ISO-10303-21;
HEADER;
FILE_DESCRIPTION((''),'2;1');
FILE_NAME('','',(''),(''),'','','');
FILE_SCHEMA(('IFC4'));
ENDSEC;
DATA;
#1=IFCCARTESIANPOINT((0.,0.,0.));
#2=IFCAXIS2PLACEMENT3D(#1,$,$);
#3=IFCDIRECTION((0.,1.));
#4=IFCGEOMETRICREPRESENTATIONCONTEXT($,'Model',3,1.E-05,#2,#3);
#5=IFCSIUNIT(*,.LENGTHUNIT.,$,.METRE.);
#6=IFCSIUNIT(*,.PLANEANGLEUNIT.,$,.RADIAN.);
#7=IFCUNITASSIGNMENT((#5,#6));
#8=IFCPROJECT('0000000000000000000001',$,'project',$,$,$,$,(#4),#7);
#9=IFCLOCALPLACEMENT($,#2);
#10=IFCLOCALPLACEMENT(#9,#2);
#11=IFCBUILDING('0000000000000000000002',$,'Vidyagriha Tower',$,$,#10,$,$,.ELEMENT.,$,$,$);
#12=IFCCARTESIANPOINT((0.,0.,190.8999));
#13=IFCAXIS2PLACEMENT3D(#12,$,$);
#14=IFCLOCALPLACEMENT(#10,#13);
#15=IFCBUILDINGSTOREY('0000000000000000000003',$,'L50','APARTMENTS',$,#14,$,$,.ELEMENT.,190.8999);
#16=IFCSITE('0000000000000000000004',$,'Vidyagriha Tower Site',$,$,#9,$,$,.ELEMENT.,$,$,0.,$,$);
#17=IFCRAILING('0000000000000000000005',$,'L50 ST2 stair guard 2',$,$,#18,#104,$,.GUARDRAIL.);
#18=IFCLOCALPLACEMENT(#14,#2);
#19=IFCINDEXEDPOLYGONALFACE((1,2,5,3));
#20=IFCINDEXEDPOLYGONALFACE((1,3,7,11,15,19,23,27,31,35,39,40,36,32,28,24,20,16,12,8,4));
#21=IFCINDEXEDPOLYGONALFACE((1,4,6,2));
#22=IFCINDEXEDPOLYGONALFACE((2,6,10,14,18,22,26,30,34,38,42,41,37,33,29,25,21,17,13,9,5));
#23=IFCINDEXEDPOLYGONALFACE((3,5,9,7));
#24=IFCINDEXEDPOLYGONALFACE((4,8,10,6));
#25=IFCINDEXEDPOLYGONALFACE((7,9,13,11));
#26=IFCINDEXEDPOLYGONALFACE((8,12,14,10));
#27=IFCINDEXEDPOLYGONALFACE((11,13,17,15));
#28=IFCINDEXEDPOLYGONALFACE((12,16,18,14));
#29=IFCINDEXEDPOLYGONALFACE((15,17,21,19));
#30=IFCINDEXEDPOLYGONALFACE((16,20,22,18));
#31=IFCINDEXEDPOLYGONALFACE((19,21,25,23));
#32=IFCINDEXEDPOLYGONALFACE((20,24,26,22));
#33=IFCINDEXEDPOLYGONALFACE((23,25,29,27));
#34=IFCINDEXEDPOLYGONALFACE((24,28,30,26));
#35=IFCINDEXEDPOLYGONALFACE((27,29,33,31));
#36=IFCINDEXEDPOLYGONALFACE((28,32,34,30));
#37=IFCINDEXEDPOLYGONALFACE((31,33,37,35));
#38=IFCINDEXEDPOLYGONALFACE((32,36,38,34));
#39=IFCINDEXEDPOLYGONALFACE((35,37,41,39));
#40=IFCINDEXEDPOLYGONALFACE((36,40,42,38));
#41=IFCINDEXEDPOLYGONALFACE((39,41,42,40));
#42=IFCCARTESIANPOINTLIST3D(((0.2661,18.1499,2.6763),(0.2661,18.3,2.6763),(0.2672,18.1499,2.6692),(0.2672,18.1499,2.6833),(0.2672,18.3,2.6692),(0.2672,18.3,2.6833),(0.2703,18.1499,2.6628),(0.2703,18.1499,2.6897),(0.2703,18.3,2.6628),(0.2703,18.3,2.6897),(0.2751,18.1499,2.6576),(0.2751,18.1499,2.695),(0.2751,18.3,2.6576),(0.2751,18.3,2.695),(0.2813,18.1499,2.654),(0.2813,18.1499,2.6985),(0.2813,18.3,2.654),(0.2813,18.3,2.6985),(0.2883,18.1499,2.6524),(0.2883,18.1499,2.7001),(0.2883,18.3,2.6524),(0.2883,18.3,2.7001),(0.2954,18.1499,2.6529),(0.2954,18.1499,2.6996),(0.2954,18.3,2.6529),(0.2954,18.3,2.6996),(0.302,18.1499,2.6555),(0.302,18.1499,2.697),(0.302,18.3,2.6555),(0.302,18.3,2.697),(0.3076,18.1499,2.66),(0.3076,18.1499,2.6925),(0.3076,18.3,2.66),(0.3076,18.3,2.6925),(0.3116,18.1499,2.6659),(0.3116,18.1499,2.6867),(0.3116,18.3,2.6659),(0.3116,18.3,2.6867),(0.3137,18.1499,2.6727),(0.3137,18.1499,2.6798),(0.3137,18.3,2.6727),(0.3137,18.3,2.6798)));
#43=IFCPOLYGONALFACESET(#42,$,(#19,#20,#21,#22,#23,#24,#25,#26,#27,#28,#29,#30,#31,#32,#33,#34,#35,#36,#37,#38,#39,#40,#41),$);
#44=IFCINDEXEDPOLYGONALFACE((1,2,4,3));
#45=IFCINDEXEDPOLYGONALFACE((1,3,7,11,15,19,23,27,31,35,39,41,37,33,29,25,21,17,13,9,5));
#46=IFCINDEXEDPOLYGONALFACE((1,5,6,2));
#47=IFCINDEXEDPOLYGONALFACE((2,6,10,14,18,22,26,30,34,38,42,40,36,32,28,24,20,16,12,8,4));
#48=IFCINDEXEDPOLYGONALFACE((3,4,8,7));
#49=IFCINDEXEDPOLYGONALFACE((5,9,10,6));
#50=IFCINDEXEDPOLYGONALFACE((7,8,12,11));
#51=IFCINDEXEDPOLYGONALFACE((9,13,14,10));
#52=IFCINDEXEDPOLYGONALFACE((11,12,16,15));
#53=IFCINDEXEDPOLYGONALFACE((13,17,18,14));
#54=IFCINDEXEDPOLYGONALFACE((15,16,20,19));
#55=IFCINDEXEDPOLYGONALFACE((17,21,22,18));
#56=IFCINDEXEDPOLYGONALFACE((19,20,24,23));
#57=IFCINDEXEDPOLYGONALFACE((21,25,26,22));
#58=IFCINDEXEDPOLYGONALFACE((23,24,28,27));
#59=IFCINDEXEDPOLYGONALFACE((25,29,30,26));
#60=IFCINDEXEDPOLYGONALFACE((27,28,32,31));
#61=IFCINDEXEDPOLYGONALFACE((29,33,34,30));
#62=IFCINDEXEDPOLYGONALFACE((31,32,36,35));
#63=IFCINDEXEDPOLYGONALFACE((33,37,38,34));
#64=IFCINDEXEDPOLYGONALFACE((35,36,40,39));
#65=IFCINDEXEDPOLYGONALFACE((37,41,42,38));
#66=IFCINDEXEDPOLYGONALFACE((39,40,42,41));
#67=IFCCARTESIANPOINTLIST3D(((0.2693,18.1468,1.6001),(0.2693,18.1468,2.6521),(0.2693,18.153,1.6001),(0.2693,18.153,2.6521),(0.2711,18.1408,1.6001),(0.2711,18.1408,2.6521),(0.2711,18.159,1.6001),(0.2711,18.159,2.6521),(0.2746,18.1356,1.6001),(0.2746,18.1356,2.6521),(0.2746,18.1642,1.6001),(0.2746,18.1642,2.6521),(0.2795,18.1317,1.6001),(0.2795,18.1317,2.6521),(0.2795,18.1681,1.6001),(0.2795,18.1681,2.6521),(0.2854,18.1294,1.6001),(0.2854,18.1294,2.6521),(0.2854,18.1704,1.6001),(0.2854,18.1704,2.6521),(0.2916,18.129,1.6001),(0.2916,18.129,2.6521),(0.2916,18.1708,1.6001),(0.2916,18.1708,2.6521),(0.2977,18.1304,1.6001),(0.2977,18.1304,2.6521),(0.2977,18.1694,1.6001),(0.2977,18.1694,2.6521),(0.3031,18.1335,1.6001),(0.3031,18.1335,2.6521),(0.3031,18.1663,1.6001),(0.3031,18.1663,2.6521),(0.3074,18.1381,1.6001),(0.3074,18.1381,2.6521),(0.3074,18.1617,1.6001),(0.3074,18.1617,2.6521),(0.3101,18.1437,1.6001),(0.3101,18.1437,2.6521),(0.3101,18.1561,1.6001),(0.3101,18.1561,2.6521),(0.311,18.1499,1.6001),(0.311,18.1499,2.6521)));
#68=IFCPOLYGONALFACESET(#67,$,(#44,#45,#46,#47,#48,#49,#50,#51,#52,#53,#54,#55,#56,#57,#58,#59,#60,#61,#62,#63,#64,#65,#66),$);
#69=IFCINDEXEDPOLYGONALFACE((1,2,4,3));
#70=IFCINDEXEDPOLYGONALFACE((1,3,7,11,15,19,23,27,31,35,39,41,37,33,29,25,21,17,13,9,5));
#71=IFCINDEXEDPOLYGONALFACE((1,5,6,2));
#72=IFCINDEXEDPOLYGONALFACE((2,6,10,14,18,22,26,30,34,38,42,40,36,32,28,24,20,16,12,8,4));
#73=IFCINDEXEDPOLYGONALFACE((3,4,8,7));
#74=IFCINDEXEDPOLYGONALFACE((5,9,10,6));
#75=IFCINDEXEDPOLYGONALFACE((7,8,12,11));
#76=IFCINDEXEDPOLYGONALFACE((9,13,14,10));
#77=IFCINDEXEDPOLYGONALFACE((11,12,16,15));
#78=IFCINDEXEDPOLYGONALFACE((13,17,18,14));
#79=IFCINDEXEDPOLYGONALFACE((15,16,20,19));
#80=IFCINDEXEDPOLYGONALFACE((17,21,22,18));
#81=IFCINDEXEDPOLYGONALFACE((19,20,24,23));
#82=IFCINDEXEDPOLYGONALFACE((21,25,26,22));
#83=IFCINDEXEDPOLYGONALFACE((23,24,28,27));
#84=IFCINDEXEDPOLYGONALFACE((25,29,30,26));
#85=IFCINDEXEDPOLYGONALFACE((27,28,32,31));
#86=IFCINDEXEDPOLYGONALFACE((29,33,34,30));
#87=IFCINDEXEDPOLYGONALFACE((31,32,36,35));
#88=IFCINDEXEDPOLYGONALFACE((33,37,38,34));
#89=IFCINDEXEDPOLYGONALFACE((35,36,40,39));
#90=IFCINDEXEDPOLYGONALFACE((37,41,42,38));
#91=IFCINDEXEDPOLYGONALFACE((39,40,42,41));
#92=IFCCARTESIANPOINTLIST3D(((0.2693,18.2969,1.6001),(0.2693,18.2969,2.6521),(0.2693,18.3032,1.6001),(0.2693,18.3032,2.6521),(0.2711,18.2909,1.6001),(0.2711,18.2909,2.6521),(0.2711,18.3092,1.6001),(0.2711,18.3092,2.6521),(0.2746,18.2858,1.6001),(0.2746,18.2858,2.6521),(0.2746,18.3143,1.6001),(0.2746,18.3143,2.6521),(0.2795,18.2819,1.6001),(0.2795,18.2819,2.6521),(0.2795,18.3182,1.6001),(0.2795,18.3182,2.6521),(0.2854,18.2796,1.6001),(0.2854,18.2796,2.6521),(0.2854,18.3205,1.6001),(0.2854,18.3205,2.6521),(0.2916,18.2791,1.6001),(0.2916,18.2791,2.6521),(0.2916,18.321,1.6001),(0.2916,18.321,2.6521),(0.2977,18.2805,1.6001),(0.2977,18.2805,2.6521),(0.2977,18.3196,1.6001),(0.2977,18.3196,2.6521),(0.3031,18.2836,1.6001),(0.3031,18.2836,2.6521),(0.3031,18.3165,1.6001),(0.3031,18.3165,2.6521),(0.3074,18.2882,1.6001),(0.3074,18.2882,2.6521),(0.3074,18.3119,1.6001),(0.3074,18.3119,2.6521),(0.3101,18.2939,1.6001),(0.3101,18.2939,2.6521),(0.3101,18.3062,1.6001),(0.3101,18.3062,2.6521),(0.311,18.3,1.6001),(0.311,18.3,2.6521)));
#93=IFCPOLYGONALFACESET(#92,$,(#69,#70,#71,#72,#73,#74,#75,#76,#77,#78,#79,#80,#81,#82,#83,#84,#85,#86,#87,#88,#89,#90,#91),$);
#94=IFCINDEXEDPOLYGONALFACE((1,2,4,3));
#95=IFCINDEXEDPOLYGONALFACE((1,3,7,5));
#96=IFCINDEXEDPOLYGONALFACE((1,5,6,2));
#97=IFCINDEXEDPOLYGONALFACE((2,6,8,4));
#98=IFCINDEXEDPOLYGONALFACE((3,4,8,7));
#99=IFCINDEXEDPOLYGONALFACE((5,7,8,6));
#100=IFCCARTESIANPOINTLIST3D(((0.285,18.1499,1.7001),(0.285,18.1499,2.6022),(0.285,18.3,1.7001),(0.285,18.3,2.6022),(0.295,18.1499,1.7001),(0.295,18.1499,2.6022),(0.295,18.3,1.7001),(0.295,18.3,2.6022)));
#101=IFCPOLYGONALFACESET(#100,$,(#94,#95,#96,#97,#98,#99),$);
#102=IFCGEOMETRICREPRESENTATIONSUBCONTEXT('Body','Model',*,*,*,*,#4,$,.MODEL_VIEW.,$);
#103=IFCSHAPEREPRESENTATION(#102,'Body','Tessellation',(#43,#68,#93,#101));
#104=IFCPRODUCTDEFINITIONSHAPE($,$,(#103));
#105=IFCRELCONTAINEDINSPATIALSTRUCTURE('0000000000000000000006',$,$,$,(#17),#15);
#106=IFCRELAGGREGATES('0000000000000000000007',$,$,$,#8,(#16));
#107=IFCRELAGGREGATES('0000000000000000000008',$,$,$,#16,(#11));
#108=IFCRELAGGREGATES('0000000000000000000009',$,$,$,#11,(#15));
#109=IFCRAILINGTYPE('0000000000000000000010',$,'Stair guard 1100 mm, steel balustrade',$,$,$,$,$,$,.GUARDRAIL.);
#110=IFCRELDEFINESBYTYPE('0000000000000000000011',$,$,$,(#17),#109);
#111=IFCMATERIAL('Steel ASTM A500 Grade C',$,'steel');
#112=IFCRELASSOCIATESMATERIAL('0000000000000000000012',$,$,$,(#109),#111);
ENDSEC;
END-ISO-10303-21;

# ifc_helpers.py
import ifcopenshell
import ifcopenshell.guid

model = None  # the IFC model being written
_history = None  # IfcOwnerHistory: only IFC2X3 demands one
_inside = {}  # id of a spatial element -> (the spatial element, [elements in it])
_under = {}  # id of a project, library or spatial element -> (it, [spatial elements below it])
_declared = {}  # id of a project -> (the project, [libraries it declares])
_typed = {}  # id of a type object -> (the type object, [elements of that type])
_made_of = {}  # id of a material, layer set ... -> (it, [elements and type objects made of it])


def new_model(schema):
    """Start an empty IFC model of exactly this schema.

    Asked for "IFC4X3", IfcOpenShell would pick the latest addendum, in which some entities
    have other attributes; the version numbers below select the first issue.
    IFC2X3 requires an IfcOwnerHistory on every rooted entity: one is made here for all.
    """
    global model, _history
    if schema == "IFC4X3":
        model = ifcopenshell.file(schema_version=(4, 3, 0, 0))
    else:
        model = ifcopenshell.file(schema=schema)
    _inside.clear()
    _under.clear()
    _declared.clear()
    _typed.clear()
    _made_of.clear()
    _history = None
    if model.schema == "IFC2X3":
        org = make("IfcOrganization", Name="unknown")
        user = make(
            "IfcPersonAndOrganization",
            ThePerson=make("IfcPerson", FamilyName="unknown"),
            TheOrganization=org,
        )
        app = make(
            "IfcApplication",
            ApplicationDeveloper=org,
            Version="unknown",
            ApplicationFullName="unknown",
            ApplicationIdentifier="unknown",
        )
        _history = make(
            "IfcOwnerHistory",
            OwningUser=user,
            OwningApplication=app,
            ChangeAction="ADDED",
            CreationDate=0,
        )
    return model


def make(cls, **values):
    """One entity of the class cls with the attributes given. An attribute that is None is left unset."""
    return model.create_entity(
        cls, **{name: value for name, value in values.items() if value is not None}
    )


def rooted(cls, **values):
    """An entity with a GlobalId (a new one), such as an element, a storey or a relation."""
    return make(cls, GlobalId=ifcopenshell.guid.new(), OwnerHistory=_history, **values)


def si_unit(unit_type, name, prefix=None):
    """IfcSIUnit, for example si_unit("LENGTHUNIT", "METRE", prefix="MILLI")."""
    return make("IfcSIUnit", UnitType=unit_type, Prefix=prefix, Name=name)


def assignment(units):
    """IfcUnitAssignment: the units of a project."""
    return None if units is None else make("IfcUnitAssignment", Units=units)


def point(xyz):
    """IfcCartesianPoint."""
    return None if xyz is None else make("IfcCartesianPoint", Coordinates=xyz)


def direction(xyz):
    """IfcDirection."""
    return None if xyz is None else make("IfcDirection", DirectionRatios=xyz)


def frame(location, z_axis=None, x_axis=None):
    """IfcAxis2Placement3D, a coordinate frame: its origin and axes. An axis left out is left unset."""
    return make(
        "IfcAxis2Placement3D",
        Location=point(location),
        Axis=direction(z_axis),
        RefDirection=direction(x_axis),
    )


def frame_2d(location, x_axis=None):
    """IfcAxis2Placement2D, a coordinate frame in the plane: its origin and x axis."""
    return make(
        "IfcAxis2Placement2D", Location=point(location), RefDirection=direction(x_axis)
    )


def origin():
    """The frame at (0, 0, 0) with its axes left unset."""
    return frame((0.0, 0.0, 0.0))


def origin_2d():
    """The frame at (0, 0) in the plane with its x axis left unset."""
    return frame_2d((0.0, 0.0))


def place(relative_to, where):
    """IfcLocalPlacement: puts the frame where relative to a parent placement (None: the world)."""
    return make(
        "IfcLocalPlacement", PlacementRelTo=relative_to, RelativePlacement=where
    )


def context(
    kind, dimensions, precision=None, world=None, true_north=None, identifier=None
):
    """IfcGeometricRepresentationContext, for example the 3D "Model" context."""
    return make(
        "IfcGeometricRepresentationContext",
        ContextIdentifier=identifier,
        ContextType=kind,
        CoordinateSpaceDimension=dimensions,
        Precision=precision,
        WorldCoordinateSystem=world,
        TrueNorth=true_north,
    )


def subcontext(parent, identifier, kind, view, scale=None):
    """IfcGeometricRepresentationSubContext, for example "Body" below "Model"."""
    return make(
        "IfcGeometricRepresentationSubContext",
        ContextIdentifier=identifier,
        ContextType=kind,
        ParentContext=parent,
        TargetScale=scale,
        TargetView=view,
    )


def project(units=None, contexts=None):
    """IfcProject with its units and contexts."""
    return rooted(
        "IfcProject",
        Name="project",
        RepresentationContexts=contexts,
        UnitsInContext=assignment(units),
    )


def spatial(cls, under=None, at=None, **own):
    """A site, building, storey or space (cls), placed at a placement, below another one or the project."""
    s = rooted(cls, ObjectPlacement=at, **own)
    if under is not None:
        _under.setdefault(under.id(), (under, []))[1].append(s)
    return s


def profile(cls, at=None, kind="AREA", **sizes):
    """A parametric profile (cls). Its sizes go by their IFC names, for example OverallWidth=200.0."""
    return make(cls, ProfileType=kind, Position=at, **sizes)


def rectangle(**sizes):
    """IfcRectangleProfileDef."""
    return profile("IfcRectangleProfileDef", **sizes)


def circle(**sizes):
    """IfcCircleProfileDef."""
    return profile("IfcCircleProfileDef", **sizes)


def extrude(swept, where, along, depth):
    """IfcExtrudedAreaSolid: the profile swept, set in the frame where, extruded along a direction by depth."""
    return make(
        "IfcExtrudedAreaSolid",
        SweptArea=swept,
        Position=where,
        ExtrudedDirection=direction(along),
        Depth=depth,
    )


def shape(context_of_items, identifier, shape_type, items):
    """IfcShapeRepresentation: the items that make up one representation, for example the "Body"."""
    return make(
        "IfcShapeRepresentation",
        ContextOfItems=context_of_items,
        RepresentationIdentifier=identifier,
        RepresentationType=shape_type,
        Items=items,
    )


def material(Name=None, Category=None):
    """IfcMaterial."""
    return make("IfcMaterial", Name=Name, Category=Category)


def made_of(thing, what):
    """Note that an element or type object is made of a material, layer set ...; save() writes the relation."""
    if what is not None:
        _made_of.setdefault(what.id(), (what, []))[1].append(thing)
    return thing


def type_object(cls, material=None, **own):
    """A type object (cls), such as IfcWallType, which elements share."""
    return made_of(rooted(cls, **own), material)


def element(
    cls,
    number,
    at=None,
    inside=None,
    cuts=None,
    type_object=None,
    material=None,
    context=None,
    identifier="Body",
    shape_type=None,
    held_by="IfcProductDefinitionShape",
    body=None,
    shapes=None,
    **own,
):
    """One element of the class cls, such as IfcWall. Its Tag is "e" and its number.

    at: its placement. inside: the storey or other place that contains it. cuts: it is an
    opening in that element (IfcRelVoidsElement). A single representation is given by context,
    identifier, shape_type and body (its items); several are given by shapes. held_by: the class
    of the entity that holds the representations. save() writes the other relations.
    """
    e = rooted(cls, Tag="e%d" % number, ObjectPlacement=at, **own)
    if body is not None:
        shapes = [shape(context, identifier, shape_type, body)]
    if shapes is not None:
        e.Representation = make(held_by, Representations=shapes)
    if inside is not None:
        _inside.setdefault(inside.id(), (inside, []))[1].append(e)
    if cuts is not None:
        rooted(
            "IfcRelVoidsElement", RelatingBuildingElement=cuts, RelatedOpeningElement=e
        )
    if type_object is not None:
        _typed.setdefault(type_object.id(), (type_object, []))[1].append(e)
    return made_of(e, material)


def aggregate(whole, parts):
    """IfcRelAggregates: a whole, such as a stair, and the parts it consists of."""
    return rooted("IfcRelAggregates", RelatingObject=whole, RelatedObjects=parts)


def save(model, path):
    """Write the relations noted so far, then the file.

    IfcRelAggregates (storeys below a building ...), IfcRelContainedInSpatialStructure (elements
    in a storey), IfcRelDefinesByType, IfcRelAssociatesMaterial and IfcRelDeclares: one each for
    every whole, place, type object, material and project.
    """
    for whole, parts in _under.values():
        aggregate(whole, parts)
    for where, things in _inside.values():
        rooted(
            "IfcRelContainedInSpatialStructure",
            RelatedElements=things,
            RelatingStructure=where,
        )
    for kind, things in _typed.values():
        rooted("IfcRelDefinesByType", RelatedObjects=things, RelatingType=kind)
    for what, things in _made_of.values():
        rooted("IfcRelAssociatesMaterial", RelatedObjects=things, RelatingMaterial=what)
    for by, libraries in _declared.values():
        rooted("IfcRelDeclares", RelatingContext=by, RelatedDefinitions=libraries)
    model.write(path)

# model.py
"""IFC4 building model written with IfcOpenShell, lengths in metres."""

from ifc_helpers import new_model, si_unit, direction, frame, origin, origin_2d, place, context, subcontext, project, spatial, rectangle, circle, extrude, material, type_object, element, save


model = new_model("IFC4")

# Units and contexts
model_context = context("Model", 3, precision=1e-05, world=origin(), true_north=direction((0.0, 1.0)))
body_context = subcontext(model_context, "Body", "Model", "MODEL_VIEW")
ifc_project = project(units=[si_unit("LENGTHUNIT", "METRE"), si_unit("PLANEANGLEUNIT", "RADIAN")], contexts=[model_context])

# Site, building, storey
site_placement = place(None, origin())
site = spatial("IfcSite", under=ifc_project, at=site_placement, Name="Vidyagriha Tower Site", CompositionType="ELEMENT", RefElevation=0.0)
building_placement = place(site_placement, origin())
building = spatial("IfcBuilding", under=site, at=building_placement, Name="Vidyagriha Tower", CompositionType="ELEMENT")
storey_placement = place(building_placement, frame((0.0, 0.0, 190.8999)))
storey = spatial("IfcBuildingStorey", under=building, at=storey_placement, Name="L50", Description="APARTMENTS", CompositionType="ELEMENT", Elevation=190.8999)

# Railing
ifc_material_1 = material(Name="Steel ASTM A500 Grade C", Category="steel")
railing_type_1 = type_object("IfcRailingType", Name="Stair guard 1100 mm, steel balustrade", PredefinedType="GUARDRAIL", material=ifc_material_1)
railing_1_placement = place(storey_placement, frame((0.29, 18.1499, 1.6001)))
element("IfcRailing", 1, at=railing_1_placement, inside=storey, type_object=railing_type_1, Name="L50 ST2 stair guard 2", PredefinedType="GUARDRAIL", context=body_context, shape_type="SweptSolid", body=[
    extrude(circle(Radius=0.0239, at=origin_2d()), frame((0.0, 0.0, 1.0762), z_axis=(0.0, 1.0, 0.0), x_axis=(-1.0, 0.0, 0.0)), (0.0, 0.0, 1.0), 0.1501),
    extrude(circle(Radius=0.021, at=origin_2d()), origin(), (0.0, 0.0, 1.0), 1.052),
    extrude(circle(Radius=0.021, at=origin_2d()), frame((0.0, 0.1501, 0.0)), (0.0, 0.0, 1.0), 1.052),
    extrude(rectangle(XDim=0.01, YDim=0.9021, at=origin_2d()), frame((0.0, 0.0, 0.551), z_axis=(0.0, 1.0, 0.0), x_axis=(-1.0, 0.0, 0.0)), (0.0, 0.0, 1.0), 0.1501),
])

save(model, "model.ifc")
